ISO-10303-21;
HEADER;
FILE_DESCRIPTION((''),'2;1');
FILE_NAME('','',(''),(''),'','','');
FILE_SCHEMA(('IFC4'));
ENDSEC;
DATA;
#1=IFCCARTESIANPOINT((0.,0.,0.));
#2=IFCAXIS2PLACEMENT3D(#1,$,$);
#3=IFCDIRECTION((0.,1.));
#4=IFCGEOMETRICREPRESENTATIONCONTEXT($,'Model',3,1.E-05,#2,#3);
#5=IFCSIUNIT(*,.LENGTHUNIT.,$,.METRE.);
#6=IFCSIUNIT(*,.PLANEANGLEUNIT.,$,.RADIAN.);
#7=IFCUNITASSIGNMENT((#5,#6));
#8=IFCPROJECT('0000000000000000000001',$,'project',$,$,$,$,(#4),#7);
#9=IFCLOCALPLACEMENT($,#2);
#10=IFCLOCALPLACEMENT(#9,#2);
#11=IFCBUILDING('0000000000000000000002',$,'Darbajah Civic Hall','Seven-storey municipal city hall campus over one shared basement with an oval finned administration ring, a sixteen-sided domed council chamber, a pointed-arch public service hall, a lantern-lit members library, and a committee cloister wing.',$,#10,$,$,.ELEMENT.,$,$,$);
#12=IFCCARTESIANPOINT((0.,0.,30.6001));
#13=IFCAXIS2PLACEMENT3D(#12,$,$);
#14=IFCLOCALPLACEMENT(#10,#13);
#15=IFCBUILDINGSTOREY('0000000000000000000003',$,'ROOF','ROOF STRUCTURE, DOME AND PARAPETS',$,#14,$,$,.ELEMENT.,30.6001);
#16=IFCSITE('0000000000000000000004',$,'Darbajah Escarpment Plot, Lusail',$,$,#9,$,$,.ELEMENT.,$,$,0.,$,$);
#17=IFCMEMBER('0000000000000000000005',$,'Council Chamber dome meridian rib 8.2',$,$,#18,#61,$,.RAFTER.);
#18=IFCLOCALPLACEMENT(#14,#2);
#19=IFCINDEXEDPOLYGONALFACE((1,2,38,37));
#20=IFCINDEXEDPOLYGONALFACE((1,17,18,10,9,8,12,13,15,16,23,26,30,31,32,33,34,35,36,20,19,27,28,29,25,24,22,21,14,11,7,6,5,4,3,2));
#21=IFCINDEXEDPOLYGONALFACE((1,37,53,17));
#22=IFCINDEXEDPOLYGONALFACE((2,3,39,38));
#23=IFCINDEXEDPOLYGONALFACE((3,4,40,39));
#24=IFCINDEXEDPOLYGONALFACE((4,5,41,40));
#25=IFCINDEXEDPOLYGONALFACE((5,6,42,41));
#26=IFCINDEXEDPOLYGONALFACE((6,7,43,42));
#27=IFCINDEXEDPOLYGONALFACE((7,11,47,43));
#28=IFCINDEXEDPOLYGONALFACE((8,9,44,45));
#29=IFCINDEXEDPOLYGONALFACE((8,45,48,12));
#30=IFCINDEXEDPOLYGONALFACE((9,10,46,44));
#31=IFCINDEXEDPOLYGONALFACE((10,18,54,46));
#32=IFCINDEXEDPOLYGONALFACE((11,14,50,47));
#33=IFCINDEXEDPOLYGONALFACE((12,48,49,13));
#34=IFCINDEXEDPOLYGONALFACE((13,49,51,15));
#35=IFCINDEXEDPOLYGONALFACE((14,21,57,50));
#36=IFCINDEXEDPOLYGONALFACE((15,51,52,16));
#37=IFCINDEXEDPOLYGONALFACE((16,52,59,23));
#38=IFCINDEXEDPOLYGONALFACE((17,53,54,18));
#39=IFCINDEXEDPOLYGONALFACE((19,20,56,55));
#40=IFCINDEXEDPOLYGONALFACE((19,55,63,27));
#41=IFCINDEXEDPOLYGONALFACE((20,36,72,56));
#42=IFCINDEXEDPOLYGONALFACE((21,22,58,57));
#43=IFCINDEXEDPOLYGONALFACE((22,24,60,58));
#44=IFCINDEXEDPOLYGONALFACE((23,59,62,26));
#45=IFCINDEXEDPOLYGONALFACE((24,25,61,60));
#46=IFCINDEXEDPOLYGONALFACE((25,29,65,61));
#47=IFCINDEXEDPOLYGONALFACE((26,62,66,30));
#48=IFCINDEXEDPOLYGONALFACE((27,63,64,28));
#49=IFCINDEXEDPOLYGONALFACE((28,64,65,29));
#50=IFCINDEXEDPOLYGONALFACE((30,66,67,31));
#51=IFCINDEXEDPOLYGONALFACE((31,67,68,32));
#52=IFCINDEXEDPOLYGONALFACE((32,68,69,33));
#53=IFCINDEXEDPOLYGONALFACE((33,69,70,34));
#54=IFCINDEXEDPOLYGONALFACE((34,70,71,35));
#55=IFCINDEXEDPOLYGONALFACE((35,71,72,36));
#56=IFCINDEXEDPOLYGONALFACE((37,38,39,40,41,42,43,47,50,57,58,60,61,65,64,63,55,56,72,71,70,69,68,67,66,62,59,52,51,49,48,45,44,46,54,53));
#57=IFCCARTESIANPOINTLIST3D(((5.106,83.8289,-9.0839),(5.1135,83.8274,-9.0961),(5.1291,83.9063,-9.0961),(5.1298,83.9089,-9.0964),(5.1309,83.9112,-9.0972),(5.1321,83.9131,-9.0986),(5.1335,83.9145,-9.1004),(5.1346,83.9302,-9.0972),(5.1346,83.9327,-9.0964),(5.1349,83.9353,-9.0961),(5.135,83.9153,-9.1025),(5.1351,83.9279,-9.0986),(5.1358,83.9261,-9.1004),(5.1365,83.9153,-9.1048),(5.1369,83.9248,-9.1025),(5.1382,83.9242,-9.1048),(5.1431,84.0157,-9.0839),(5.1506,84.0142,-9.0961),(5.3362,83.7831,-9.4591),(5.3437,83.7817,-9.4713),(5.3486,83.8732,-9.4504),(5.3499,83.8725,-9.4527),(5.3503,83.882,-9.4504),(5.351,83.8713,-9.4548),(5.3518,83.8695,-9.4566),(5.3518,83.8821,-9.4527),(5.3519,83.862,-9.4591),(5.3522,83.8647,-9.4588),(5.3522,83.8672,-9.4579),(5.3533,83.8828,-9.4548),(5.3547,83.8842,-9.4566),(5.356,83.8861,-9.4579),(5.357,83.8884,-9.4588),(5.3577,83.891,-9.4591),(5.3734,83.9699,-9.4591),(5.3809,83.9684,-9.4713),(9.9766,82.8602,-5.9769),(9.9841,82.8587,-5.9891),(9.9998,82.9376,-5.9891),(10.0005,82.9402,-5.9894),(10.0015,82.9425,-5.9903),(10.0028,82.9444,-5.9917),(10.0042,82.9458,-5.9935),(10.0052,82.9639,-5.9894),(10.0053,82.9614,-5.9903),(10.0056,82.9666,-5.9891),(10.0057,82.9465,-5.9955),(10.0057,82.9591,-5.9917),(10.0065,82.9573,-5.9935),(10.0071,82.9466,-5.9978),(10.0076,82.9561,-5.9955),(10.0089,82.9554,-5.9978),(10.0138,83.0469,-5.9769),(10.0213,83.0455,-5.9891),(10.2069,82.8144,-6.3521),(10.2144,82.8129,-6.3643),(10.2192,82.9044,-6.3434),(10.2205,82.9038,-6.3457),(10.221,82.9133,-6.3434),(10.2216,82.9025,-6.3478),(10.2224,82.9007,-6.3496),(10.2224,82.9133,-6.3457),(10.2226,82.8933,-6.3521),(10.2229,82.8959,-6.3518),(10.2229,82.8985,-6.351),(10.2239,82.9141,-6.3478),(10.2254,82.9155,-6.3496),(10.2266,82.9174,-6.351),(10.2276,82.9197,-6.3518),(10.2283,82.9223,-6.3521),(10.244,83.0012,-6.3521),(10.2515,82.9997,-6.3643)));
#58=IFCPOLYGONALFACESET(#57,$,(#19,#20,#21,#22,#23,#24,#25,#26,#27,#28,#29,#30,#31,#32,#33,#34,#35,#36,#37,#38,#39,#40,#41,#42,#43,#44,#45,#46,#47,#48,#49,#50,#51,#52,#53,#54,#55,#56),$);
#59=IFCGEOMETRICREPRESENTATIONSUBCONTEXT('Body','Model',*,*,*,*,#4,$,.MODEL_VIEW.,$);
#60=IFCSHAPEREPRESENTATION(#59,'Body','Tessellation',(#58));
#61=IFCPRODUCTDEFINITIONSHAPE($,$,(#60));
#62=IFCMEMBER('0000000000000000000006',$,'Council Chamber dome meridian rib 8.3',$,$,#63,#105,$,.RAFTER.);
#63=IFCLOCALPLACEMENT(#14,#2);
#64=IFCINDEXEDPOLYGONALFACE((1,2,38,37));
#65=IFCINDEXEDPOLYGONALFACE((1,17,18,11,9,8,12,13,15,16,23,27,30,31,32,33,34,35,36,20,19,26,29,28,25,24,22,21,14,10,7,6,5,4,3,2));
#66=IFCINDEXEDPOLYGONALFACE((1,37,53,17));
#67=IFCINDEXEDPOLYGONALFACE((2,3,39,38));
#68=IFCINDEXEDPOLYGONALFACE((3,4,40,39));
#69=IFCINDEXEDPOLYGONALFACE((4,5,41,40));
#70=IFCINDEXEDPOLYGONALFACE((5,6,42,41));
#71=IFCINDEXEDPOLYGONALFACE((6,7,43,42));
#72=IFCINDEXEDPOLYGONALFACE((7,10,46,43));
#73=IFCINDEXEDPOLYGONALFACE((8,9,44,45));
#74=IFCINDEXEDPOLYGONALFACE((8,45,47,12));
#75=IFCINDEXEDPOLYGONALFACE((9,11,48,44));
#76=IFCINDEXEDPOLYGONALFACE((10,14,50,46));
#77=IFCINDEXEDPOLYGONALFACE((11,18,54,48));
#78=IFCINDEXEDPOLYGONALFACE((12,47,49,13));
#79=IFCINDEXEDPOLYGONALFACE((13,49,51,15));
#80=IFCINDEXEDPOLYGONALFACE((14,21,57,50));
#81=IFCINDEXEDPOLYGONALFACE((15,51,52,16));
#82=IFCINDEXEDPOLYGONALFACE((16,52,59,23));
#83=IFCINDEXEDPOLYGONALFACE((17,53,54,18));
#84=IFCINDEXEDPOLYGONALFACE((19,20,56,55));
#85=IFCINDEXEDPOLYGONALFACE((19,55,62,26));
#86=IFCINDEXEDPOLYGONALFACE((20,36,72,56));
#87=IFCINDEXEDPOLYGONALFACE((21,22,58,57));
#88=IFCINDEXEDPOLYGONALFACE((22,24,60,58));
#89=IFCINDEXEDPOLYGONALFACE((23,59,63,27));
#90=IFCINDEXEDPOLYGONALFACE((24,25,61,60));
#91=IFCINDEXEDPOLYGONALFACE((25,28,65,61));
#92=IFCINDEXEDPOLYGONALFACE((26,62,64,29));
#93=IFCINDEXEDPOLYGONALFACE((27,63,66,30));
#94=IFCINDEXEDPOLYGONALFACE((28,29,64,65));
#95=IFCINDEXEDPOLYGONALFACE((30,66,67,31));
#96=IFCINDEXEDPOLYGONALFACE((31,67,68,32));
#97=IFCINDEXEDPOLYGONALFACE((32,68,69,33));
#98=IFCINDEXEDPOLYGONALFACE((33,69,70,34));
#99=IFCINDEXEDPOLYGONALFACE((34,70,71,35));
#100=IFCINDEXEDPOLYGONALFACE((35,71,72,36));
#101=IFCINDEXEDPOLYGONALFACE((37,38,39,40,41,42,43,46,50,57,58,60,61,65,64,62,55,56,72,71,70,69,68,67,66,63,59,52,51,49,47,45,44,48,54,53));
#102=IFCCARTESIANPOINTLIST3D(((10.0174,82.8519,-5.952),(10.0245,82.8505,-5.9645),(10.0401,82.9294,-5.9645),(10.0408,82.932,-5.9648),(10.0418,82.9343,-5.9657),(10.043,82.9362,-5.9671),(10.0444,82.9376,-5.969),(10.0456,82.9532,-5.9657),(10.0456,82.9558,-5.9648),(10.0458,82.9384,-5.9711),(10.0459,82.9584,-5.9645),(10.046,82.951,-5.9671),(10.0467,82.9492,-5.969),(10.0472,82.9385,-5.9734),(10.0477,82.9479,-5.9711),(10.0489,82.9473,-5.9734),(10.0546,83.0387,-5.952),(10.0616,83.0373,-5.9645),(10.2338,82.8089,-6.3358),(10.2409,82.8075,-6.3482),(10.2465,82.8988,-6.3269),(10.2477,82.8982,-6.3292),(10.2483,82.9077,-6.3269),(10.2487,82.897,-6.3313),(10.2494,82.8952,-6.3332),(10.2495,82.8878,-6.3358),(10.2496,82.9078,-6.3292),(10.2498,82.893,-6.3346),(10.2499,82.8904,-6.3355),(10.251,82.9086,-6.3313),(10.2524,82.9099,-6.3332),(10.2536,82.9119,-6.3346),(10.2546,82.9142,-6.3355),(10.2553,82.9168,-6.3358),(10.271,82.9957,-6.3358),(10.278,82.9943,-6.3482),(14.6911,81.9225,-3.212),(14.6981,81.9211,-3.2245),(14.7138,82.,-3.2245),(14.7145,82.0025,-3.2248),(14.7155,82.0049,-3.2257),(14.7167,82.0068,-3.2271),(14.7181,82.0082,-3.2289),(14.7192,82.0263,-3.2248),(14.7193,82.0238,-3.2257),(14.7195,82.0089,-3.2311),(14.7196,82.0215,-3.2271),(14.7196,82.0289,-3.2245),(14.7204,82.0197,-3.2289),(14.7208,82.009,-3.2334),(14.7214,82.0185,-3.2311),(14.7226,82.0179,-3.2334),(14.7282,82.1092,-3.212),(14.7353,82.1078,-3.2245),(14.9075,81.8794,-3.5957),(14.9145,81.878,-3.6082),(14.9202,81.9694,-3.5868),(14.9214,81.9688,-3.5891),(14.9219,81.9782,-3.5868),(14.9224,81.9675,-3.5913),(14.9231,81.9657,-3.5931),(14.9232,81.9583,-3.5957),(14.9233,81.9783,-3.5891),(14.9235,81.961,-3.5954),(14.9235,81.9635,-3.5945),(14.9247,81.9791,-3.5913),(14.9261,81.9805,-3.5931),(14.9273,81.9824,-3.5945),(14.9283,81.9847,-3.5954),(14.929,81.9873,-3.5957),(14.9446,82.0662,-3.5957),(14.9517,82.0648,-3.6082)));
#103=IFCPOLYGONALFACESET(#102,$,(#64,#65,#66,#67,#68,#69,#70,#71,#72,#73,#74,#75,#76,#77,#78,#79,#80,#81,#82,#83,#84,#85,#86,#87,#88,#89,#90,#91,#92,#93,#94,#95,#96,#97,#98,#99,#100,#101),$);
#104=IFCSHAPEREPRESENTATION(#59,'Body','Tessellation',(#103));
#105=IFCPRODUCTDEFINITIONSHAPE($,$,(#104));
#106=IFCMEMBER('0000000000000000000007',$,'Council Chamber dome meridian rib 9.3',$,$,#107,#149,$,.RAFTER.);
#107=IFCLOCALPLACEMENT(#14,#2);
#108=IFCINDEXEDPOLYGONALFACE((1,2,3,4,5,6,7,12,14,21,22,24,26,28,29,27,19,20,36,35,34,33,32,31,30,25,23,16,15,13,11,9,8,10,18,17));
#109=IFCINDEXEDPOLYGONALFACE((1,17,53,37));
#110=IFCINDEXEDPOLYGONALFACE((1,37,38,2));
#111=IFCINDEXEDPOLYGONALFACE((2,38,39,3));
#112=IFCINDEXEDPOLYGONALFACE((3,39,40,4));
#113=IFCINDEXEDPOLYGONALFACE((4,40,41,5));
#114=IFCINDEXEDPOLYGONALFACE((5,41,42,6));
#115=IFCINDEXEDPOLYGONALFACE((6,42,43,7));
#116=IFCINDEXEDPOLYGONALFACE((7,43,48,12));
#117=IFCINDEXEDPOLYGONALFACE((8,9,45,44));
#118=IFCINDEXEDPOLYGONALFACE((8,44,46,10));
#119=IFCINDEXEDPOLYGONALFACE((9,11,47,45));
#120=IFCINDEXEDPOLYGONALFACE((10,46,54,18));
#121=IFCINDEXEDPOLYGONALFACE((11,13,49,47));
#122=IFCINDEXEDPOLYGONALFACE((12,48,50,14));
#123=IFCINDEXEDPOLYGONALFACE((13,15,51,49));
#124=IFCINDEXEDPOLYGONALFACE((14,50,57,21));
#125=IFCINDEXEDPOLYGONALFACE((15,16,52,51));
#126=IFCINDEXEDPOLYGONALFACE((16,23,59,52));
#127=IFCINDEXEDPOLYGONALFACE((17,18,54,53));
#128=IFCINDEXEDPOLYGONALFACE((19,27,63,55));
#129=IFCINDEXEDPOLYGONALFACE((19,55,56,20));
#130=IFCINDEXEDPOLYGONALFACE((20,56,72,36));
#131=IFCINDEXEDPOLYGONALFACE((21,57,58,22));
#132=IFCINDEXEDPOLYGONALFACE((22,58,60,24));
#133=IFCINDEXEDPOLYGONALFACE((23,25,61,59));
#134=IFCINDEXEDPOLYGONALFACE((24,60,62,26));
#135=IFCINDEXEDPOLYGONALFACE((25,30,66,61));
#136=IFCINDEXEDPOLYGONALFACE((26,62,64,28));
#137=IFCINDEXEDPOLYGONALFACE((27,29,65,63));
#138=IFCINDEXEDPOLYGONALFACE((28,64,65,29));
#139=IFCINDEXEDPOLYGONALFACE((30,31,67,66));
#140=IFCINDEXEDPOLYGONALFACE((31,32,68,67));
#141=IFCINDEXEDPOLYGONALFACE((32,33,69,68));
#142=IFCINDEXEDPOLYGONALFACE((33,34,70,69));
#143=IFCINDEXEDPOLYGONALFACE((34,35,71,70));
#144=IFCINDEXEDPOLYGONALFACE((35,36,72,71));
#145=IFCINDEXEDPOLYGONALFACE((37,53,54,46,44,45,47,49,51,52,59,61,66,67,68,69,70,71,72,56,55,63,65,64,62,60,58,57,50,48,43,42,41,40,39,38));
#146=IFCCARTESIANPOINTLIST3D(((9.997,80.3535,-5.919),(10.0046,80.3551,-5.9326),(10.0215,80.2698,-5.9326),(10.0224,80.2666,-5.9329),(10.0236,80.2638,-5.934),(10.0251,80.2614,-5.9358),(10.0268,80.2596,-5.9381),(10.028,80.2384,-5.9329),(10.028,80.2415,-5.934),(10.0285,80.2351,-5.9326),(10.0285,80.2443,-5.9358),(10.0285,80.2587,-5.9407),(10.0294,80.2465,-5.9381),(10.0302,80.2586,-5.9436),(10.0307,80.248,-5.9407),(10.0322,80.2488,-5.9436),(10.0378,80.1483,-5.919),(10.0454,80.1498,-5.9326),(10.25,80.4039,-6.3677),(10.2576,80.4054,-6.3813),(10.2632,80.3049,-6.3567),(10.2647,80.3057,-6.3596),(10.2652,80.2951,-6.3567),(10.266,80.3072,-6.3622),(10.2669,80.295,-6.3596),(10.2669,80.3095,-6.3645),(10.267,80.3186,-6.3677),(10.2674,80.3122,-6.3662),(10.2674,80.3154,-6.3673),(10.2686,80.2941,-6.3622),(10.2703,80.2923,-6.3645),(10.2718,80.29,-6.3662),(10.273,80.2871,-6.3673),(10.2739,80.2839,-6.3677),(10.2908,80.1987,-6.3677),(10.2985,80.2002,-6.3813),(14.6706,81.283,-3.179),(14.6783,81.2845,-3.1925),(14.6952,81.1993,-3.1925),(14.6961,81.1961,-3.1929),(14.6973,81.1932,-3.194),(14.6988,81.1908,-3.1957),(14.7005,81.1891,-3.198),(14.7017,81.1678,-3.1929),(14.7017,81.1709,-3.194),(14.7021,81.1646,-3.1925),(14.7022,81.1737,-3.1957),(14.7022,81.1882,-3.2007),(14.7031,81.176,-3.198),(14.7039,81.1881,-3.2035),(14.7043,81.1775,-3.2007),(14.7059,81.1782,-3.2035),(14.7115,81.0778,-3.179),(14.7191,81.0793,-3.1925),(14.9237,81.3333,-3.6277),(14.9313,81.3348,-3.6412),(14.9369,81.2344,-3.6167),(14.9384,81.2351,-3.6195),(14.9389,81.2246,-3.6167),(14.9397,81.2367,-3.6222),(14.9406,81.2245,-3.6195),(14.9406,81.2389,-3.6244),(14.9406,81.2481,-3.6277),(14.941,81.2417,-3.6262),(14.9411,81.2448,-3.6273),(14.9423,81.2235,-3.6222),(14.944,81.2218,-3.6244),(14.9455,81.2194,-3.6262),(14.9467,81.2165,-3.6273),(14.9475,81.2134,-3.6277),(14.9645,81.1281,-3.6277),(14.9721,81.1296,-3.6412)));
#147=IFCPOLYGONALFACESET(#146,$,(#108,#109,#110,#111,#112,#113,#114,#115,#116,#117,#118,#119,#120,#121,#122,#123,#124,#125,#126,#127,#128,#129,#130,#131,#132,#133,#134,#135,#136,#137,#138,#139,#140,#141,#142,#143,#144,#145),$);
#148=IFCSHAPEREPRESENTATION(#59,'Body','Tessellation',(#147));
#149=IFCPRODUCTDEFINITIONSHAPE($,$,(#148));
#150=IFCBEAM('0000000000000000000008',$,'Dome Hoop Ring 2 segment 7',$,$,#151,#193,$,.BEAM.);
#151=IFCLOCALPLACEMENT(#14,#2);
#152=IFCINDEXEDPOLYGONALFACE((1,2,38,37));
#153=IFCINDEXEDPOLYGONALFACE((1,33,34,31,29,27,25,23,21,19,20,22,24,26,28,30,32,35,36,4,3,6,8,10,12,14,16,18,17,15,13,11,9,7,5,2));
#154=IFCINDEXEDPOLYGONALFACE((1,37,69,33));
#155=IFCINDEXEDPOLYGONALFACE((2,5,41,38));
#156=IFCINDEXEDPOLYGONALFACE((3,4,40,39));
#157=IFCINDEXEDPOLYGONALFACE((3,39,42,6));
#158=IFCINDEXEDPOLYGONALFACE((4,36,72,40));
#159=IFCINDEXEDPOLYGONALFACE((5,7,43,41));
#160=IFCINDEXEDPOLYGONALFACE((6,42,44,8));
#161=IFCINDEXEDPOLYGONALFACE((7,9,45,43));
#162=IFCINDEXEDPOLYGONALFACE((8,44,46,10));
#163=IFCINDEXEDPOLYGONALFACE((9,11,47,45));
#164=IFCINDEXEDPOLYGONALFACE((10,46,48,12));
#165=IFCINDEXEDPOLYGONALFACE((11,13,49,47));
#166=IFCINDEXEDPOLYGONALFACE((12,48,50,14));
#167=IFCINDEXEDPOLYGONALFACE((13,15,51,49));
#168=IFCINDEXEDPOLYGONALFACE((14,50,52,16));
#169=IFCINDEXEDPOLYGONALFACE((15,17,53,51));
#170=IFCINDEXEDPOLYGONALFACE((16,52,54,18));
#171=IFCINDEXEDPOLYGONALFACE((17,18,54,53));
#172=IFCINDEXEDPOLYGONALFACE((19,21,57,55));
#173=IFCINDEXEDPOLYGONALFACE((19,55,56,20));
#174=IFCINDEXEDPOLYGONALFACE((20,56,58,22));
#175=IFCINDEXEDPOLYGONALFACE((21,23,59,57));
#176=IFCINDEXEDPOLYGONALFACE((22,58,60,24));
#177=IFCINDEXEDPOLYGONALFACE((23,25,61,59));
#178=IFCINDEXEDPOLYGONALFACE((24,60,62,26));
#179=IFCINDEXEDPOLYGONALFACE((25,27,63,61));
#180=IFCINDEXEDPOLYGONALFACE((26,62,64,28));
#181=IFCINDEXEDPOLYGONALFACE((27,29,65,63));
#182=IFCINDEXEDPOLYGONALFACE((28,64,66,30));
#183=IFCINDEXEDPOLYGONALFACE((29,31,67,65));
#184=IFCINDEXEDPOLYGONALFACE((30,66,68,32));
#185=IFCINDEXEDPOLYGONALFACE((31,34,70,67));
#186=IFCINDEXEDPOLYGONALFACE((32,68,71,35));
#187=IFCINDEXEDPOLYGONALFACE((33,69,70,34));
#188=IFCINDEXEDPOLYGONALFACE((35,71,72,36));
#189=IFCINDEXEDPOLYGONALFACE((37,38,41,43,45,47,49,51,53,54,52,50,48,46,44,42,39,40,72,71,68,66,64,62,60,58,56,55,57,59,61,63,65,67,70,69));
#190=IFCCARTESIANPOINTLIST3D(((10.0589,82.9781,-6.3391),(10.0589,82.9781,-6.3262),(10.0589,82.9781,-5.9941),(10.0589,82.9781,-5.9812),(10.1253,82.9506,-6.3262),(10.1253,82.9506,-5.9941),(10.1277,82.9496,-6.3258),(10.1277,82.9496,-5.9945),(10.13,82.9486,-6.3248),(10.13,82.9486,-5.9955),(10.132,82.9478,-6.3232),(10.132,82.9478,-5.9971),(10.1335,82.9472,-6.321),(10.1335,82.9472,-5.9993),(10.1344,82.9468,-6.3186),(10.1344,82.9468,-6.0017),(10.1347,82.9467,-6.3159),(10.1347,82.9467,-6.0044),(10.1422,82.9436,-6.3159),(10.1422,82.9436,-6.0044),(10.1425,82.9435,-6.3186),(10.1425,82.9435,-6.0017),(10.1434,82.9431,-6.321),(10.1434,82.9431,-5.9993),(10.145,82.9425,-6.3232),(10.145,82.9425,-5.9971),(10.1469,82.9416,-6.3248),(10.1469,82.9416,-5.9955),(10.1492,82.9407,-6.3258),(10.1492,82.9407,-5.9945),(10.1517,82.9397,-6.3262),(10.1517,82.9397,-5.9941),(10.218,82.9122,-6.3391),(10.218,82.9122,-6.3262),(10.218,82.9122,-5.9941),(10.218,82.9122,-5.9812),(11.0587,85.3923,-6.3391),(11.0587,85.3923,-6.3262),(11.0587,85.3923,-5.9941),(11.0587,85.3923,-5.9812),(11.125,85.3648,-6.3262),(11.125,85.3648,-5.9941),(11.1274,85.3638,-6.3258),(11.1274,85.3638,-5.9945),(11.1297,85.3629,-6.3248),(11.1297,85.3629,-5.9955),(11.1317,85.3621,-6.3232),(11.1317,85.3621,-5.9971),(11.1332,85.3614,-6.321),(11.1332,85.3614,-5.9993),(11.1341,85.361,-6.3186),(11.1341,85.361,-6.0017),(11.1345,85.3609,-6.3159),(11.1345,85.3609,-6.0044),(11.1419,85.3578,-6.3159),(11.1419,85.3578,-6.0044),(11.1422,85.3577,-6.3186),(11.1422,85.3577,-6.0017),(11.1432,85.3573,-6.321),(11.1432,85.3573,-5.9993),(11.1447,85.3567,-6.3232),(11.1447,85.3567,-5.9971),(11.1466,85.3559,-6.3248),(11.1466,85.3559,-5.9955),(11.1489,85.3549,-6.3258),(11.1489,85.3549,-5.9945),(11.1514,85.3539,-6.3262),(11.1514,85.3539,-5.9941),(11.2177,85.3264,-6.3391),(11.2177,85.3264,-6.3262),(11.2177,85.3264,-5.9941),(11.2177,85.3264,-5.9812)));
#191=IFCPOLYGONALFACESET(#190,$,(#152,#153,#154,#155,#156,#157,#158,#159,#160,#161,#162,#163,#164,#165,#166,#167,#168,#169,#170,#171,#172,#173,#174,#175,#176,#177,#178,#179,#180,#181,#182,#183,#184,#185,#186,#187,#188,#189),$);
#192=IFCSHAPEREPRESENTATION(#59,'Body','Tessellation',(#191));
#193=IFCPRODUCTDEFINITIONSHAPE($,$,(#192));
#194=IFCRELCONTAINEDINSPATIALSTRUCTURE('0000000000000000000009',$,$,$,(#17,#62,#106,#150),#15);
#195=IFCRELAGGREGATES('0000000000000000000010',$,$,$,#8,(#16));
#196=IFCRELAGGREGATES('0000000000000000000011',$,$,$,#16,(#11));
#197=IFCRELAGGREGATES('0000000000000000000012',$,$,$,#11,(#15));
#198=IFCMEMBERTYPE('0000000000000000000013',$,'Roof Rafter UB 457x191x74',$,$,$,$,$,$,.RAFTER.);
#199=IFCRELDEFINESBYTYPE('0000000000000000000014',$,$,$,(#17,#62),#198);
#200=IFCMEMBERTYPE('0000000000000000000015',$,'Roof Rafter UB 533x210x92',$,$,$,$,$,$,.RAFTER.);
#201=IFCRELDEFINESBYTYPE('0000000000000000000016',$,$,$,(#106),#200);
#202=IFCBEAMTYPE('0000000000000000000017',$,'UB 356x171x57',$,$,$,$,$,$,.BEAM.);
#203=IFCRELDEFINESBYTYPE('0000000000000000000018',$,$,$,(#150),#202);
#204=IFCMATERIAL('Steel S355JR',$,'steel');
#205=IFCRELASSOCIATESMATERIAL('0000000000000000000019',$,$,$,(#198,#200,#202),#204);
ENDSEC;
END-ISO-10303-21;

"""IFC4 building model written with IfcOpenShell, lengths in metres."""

from ifc_helpers import new_model, si_unit, direction, frame, origin, origin_2d, place, context, subcontext, project, spatial, i_section, extrude, material, material_profile, profile_set, type_object, element, save


model = new_model("IFC4")

# Units and contexts
model_context = context("Model", 3, precision=1e-05, world=origin(), true_north=direction((0.0, 1.0)))
body_context = subcontext(model_context, "Body", "Model", "MODEL_VIEW")
ifc_project = project(units=[si_unit("LENGTHUNIT", "METRE"), si_unit("PLANEANGLEUNIT", "RADIAN")], contexts=[model_context])

# Site, building, storey
site_placement = place(None, origin())
site = spatial("IfcSite", under=ifc_project, at=site_placement, Name="Darbajah Escarpment Plot, Lusail", CompositionType="ELEMENT", RefElevation=0.0)
building_placement = place(site_placement, origin())
building = spatial("IfcBuilding", under=site, at=building_placement, Name="Darbajah Civic Hall", Description="Seven-storey municipal city hall campus over one shared basement with an oval finned administration ring, a sixteen-sided domed council chamber, a pointed-arch public service hall, a lantern-lit members library, and a committee cloister wing.", CompositionType="ELEMENT")
storey_placement = place(building_placement, frame((0.0, 0.0, 30.6001)))
storey = spatial("IfcBuildingStorey", under=building, at=storey_placement, Name="ROOF", Description="ROOF STRUCTURE, DOME AND PARAPETS", CompositionType="ELEMENT", Elevation=30.6001)

# Members
ifc_material = material(Name="Steel S355JR", Category="steel")
ifc_material_profile_1 = material_profile(ifc_material, i_section(OverallWidth=0.1904, OverallDepth=0.457, WebThickness=0.009, FlangeThickness=0.0144, FilletRadius=0.0103, at=origin_2d()), Name="UB 457x191x74")
ifc_profile_set_1 = profile_set([ifc_material_profile_1], Name="Steel S355JR")
member_type_1 = type_object("IfcMemberType", Name="Roof Rafter UB 457x191x74", PredefinedType="RAFTER", material=ifc_profile_set_1)
member_1_placement = place(storey_placement, frame((5.2434, 83.8987, -9.2776), z_axis=(0.831468, -0.165377, 0.530389), x_axis=(0.195076, 0.980788, 0.0)))
element("IfcMember", 1, at=member_1_placement, inside=storey, type_object=member_type_1, Name="Council Chamber dome meridian rib 8.2", PredefinedType="RAFTER", context=body_context, shape_type="SweptSolid", body=[
    extrude(i_section(OverallWidth=0.1904, OverallDepth=0.457, WebThickness=0.009, FlangeThickness=0.0144, FilletRadius=0.0103, at=origin_2d()), origin(), (0.0, 0.0, 1.0), 5.8579),
])
member_2_placement = place(storey_placement, frame((10.1477, 82.9231, -6.1501), z_axis=(0.850251, -0.169091, 0.498478), x_axis=(0.195052, 0.980793, 0.0)))
element("IfcMember", 2, at=member_2_placement, inside=storey, type_object=member_type_1, Name="Council Chamber dome meridian rib 8.3", PredefinedType="RAFTER", context=body_context, shape_type="SweptSolid", body=[
    extrude(i_section(OverallWidth=0.1904, OverallDepth=0.457, WebThickness=0.009, FlangeThickness=0.0144, FilletRadius=0.0103, at=origin_2d()), origin(), (0.0, 0.0, 1.0), 5.4968),
])
ifc_material_profile_2 = material_profile(ifc_material, i_section(OverallWidth=0.2092, OverallDepth=0.5332, WebThickness=0.01, FlangeThickness=0.0156, FilletRadius=0.0127, at=origin_2d()), Name="UB 533x210x92")
ifc_profile_set_2 = profile_set([ifc_material_profile_2], Name="Steel S355JR")
member_type_2 = type_object("IfcMemberType", Name="Roof Rafter UB 533x210x92", PredefinedType="RAFTER", material=ifc_profile_set_2)
member_3_placement = place(storey_placement, frame((10.1477, 80.2769, -6.1501), z_axis=(0.850251, 0.169091, 0.498478), x_axis=(-0.195052, 0.980793, 0.0)))
element("IfcMember", 3, at=member_3_placement, inside=storey, type_object=member_type_2, Name="Council Chamber dome meridian rib 9.3", PredefinedType="RAFTER", context=body_context, shape_type="SweptSolid", body=[
    extrude(i_section(OverallWidth=0.2092, OverallDepth=0.5332, WebThickness=0.01, FlangeThickness=0.0156, FilletRadius=0.0127, at=origin_2d()), origin(), (0.0, 0.0, 1.0), 5.4968),
])

# Beam
ifc_material_profile_3 = material_profile(ifc_material, i_section(OverallWidth=0.1721, OverallDepth=0.3579, WebThickness=0.0081, FlangeThickness=0.0129, FilletRadius=0.0103, at=origin_2d()), Name="UB 356x171x57")
ifc_profile_set_3 = profile_set([ifc_material_profile_3], Name="Steel S355JR")
beam_type_1 = type_object("IfcBeamType", Name="UB 356x171x57", PredefinedType="BEAM", material=ifc_profile_set_3)
for number, where, z_axis, x_axis, name in (
    (4, (11.1382, 85.3594, -6.1602), (-0.382591, -0.923918, 0.0), (0.923918, -0.382591, 0.0), "Dome Hoop Ring 2 segment 7"),
):
    element("IfcBeam", number, at=place(storey_placement, frame(where, z_axis=z_axis, x_axis=x_axis)), inside=storey, type_object=beam_type_1, Name=name, PredefinedType="BEAM", context=body_context, shape_type="SweptSolid", body=[
        extrude(i_section(OverallWidth=0.1721, OverallDepth=0.3579, WebThickness=0.0081, FlangeThickness=0.0129, FilletRadius=0.0103, at=origin_2d()), origin(), (0.0, 0.0, 1.0), 2.613),
    ])

save(model, "model.ifc")
